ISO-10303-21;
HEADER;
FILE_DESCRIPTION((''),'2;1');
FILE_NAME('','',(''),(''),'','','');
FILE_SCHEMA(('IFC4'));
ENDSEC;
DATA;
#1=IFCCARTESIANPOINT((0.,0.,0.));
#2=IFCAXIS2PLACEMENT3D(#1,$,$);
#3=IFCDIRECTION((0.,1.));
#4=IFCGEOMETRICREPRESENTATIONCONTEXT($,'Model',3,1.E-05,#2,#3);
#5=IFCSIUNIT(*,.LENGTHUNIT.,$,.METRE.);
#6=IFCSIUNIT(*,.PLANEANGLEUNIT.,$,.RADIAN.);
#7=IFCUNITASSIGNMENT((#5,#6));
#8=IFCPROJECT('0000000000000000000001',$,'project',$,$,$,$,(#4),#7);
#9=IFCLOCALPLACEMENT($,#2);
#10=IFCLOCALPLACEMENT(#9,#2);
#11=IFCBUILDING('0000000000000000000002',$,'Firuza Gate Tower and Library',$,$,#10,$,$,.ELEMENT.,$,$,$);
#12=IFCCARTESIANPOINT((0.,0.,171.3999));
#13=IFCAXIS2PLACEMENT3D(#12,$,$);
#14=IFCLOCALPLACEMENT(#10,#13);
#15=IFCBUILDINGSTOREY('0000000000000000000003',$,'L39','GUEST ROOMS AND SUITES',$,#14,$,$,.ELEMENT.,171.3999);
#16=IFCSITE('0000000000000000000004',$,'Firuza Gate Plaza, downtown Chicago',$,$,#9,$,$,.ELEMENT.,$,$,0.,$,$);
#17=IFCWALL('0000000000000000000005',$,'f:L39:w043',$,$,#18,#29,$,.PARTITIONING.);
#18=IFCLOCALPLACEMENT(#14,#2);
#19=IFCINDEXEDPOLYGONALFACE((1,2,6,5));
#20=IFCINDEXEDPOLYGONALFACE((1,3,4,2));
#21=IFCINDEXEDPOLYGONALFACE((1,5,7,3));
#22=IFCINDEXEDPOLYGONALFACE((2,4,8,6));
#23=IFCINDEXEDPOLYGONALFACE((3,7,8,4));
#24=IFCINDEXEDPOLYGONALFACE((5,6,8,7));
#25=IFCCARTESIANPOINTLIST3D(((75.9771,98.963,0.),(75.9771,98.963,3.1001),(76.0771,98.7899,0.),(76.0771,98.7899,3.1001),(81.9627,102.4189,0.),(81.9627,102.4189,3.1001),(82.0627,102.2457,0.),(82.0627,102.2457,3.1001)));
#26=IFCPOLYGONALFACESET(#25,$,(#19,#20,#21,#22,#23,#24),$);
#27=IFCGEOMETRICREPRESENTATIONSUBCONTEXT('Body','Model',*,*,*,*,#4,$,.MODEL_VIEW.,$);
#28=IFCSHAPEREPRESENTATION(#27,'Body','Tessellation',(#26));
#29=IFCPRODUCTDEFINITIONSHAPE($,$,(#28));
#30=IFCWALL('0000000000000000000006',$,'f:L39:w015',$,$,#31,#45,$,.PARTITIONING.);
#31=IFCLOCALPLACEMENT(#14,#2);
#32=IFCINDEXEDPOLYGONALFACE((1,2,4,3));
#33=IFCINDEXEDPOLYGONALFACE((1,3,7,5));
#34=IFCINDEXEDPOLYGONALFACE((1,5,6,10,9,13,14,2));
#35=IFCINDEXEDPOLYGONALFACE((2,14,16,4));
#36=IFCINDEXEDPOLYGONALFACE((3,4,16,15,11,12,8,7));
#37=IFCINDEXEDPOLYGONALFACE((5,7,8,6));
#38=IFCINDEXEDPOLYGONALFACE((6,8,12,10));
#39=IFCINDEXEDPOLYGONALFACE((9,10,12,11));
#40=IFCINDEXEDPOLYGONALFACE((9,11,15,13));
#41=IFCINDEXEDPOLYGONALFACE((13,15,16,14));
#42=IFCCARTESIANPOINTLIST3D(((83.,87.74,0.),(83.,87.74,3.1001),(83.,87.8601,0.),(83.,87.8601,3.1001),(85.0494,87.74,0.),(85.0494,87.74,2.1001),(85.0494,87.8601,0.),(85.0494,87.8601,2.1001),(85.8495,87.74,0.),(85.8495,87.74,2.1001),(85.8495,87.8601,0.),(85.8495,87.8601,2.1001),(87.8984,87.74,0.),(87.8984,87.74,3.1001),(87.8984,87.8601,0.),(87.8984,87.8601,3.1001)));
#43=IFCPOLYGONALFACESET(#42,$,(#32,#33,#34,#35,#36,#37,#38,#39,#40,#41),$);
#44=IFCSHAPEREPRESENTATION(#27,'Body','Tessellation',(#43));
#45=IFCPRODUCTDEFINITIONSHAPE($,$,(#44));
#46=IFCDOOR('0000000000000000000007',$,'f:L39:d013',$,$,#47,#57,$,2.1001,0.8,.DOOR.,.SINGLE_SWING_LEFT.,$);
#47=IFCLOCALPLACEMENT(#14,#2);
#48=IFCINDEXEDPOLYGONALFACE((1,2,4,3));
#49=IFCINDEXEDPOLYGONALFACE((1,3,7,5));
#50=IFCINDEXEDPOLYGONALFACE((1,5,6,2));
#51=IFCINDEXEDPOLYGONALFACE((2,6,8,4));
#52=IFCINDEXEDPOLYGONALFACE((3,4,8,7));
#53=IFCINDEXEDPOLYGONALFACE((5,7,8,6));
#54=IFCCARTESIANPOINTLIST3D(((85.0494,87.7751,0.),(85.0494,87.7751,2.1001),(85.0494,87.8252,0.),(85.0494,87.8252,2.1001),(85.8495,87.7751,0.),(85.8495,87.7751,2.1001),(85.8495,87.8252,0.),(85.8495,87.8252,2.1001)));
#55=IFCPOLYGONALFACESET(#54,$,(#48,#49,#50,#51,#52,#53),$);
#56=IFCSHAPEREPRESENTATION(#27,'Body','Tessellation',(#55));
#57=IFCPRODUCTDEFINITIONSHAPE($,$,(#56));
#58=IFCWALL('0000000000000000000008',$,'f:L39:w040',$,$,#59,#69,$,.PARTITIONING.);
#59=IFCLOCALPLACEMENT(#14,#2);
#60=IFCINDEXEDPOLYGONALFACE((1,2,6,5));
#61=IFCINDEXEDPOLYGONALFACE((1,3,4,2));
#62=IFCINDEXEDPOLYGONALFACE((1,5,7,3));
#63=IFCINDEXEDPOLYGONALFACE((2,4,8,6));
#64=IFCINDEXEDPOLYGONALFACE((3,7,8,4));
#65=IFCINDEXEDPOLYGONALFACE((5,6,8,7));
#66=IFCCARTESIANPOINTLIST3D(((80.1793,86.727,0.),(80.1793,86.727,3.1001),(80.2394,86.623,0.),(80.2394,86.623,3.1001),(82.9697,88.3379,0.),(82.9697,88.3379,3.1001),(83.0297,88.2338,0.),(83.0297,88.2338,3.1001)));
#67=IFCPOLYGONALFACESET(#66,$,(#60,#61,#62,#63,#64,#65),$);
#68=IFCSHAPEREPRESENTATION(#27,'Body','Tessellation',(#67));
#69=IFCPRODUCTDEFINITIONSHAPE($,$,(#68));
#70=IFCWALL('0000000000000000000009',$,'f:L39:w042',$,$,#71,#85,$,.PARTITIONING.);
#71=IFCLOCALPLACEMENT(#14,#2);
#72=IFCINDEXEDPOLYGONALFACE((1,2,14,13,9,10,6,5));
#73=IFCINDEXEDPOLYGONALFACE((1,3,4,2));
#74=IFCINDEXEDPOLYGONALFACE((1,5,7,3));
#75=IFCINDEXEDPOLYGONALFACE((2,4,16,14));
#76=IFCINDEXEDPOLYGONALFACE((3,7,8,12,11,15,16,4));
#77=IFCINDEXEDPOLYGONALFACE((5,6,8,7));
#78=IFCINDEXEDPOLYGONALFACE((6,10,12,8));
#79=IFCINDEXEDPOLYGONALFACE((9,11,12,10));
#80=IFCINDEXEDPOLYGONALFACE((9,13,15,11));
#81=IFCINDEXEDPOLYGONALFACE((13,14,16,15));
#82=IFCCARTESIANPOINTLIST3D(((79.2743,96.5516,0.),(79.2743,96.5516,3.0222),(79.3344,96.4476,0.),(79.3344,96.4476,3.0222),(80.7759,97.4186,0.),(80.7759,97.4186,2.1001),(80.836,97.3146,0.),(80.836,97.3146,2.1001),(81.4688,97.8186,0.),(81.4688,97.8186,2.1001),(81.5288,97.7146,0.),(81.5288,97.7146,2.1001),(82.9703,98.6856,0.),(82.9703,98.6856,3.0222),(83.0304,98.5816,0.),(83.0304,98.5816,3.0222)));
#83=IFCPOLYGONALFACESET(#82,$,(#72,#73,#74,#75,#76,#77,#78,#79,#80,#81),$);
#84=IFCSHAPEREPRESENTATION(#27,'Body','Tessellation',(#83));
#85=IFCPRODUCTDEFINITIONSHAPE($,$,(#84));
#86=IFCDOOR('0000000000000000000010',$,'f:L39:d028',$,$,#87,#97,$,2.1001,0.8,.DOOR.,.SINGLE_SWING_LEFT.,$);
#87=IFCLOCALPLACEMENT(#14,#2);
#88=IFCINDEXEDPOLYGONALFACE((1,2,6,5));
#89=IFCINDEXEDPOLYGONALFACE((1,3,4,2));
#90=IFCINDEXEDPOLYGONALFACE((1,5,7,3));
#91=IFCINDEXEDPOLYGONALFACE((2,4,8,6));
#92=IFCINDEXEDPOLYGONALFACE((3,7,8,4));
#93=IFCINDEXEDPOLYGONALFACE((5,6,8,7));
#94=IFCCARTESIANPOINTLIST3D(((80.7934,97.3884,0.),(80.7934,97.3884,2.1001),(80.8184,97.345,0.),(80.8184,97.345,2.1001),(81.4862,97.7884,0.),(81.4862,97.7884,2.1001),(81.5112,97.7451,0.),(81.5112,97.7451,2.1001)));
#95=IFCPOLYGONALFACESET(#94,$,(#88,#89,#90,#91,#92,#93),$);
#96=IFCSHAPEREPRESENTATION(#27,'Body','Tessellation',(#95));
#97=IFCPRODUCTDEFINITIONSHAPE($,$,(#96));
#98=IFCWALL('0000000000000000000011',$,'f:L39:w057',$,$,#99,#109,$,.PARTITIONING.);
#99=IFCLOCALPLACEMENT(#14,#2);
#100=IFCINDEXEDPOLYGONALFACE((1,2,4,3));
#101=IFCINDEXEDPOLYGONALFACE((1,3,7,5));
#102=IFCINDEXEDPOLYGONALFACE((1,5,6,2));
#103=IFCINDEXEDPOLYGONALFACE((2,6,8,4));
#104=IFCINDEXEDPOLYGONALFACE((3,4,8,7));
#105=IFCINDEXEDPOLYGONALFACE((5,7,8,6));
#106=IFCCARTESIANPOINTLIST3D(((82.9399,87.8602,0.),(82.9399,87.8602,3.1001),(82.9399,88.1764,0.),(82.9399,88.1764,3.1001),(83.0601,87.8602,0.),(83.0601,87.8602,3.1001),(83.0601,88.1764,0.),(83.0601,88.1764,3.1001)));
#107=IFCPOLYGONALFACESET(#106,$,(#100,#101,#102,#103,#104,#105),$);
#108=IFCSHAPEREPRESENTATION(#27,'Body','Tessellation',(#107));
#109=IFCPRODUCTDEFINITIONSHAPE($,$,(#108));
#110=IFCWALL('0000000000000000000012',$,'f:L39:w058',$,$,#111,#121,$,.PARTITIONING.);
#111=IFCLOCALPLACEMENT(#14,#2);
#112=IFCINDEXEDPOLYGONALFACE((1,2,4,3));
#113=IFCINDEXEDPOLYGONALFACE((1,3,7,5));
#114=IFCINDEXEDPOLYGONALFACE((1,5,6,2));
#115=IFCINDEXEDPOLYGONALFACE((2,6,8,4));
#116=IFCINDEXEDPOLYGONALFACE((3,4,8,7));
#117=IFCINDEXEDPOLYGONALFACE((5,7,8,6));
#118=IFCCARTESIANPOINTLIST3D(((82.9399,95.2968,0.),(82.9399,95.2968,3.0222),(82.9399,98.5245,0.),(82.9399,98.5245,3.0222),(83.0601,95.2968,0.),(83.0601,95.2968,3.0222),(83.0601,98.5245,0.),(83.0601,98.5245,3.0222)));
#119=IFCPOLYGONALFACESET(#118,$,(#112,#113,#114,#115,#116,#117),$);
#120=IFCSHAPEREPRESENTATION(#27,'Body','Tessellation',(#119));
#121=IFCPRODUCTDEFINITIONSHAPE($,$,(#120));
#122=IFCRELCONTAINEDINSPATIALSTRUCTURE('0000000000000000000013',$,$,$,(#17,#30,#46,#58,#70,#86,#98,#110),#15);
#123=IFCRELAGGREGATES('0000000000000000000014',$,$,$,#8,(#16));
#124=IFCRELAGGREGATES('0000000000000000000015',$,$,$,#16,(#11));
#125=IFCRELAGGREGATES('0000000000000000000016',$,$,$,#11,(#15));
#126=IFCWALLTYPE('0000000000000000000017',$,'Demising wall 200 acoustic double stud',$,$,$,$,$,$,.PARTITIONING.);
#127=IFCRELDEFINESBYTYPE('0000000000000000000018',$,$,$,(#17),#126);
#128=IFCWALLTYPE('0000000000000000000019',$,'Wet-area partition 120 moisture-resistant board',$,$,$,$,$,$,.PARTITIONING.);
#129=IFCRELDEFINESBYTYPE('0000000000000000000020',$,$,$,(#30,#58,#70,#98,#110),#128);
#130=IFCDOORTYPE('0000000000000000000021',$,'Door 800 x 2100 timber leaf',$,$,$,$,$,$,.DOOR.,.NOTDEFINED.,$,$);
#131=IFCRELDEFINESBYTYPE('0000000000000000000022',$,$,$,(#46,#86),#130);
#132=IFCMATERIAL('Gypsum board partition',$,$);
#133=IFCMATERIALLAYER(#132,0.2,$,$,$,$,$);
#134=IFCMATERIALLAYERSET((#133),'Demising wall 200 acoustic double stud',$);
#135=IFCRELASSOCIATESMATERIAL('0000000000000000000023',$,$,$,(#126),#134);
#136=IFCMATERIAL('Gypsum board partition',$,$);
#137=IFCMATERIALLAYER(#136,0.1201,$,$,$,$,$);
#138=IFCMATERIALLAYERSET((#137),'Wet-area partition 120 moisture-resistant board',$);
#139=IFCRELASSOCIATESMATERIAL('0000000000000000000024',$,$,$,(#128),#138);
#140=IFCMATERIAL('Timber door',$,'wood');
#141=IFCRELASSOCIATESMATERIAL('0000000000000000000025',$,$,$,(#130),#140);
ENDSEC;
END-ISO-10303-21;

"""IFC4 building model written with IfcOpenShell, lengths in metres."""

from ifc_helpers import new_model, si_unit, direction, frame, frame_2d, origin, place, context, subcontext, project, spatial, rectangle, extrude, material, layer, layer_set, type_object, element, fill, save


model = new_model("IFC4")

# Units and contexts
model_context = context("Model", 3, precision=1e-05, world=origin(), true_north=direction((0.0, 1.0)))
body_context = subcontext(model_context, "Body", "Model", "MODEL_VIEW")
ifc_project = project(units=[si_unit("LENGTHUNIT", "METRE"), si_unit("PLANEANGLEUNIT", "RADIAN")], contexts=[model_context])

# Site, building, storey
site_placement = place(None, origin())
site = spatial("IfcSite", under=ifc_project, at=site_placement, Name="Firuza Gate Plaza, downtown Chicago", CompositionType="ELEMENT", RefElevation=0.0)
building_placement = place(site_placement, origin())
building = spatial("IfcBuilding", under=site, at=building_placement, Name="Firuza Gate Tower and Library", CompositionType="ELEMENT")
storey_placement = place(building_placement, frame((0.0, 0.0, 171.3999)))
storey = spatial("IfcBuildingStorey", under=building, at=storey_placement, Name="L39", Description="GUEST ROOMS AND SUITES", CompositionType="ELEMENT", Elevation=171.3999)

# Wall
ifc_material_1 = material(Name="Gypsum board partition")
ifc_layer_1 = layer(ifc_material_1, 0.2)
ifc_layer_set_1 = layer_set([ifc_layer_1], Name="Demising wall 200 acoustic double stud")
wall_type_1 = type_object("IfcWallType", Name="Demising wall 200 acoustic double stud", PredefinedType="PARTITIONING", material=ifc_layer_set_1)
wall_1_placement = place(storey_placement, frame((76.0271, 98.8765, 0.0), z_axis=(0.0, 0.0, 1.0), x_axis=(0.866024, 0.500003, 0.0)))
element("IfcWall", 1, at=wall_1_placement, inside=storey, type_object=wall_type_1, Name="f:L39:w043", PredefinedType="PARTITIONING", context=body_context, shape_type="SweptSolid", body=[
    extrude(rectangle(XDim=6.9116, YDim=0.2, at=frame_2d((3.4558, 0.0))), origin(), (0.0, 0.0, 1.0), 3.1001),
])

# Wall, opening, door
ifc_material_2 = material(Name="Gypsum board partition")
ifc_layer_2 = layer(ifc_material_2, 0.1201)
ifc_layer_set_2 = layer_set([ifc_layer_2], Name="Wet-area partition 120 moisture-resistant board")
wall_type_2 = type_object("IfcWallType", Name="Wet-area partition 120 moisture-resistant board", PredefinedType="PARTITIONING", material=ifc_layer_set_2)
wall_2_placement = place(storey_placement, frame((87.8984, 87.8, 0.0), z_axis=(0.0, 0.0, 1.0), x_axis=(-1.0, 0.0, 0.0)))
wall_2 = element("IfcWall", 2, at=wall_2_placement, inside=storey, type_object=wall_type_2, Name="f:L39:w015", PredefinedType="PARTITIONING", context=body_context, shape_type="SweptSolid", body=[
    extrude(rectangle(XDim=4.8984, YDim=0.1201, at=frame_2d((2.4492, 0.0))), origin(), (0.0, 0.0, 1.0), 3.1001),
])
opening_1_placement = place(wall_2_placement, frame((2.0491, 0.0, 0.0)))
opening_1 = element("IfcOpeningElement", 3, at=opening_1_placement, cuts=wall_2, PredefinedType="OPENING", context=body_context, shape_type="SweptSolid", body=[
    extrude(rectangle(XDim=0.8, YDim=2.1001, at=frame_2d((0.3999, 1.05))), frame((0.0, 0.0701, 0.0), z_axis=(0.0, -1.0, 0.0), x_axis=(1.0, 0.0, 0.0)), (0.0, 0.0, 1.0), 0.1401),
])
ifc_material_3 = material(Name="Timber door", Category="wood")
door_type_1 = type_object("IfcDoorType", Name="Door 800 x 2100 timber leaf", OperationType="NOTDEFINED", PredefinedType="DOOR", material=ifc_material_3)
door_1_placement = place(opening_1_placement, origin())
door_1 = element("IfcDoor", 4, at=door_1_placement, inside=storey, type_object=door_type_1, Name="f:L39:d013", OperationType="SINGLE_SWING_LEFT", OverallHeight=2.1001, OverallWidth=0.8, PredefinedType="DOOR", context=body_context, shape_type="SweptSolid", body=[
    extrude(rectangle(XDim=0.8, YDim=2.1001, at=frame_2d((0.3999, 1.05))), frame((0.0, 0.0249, 0.0), z_axis=(0.0, -1.0, 0.0), x_axis=(1.0, 0.0, 0.0)), (0.0, 0.0, 1.0), 0.05),
])
fill(opening_1, door_1)

# Wall
wall_3_placement = place(storey_placement, frame((80.2095, 86.675, 0.0), z_axis=(0.0, 0.0, 1.0), x_axis=(0.866043, 0.49997, 0.0)))
element("IfcWall", 5, at=wall_3_placement, inside=storey, type_object=wall_type_2, Name="f:L39:w040", PredefinedType="PARTITIONING", context=body_context, shape_type="SweptSolid", body=[
    extrude(rectangle(XDim=3.2219, YDim=0.1201, at=frame_2d((1.6108, 0.0))), origin(), (0.0, 0.0, 1.0), 3.1001),
])

# Wall, opening, door
wall_4_placement = place(storey_placement, frame((83.0002, 98.6335, 0.0), z_axis=(0.0, 0.0, 1.0), x_axis=(-0.866013, -0.500021, 0.0)))
wall_4 = element("IfcWall", 6, at=wall_4_placement, inside=storey, type_object=wall_type_2, Name="f:L39:w042", PredefinedType="PARTITIONING", context=body_context, shape_type="SweptSolid", body=[
    extrude(rectangle(XDim=4.2678, YDim=0.1201, at=frame_2d((2.1338, 0.0))), origin(), (0.0, 0.0, 1.0), 3.0222),
])
opening_2_placement = place(wall_4_placement, frame((1.7339, 0.0, 0.0)))
opening_2 = element("IfcOpeningElement", 7, at=opening_2_placement, cuts=wall_4, PredefinedType="OPENING", context=body_context, shape_type="SweptSolid", body=[
    extrude(rectangle(XDim=0.8, YDim=2.1001, at=frame_2d((0.3999, 1.05))), frame((0.0, 0.0701, 0.0), z_axis=(0.0, -1.0, 0.0), x_axis=(1.0, 0.0, 0.0)), (0.0, 0.0, 1.0), 0.1401),
])
door_2_placement = place(opening_2_placement, origin())
door_2 = element("IfcDoor", 8, at=door_2_placement, inside=storey, type_object=door_type_1, Name="f:L39:d028", OperationType="SINGLE_SWING_LEFT", OverallHeight=2.1001, OverallWidth=0.8, PredefinedType="DOOR", context=body_context, shape_type="SweptSolid", body=[
    extrude(rectangle(XDim=0.8, YDim=2.1001, at=frame_2d((0.3999, 1.05))), frame((0.0, 0.0249, 0.0), z_axis=(0.0, -1.0, 0.0), x_axis=(1.0, 0.0, 0.0)), (0.0, 0.0, 1.0), 0.05),
])
fill(opening_2, door_2)

# Walls
wall_5_placement = place(storey_placement, frame((83.0, 87.8601, 0.0), z_axis=(0.0, 0.0, 1.0), x_axis=(0.0, 1.0, 0.0)))
element("IfcWall", 9, at=wall_5_placement, inside=storey, type_object=wall_type_2, Name="f:L39:w057", PredefinedType="PARTITIONING", context=body_context, shape_type="SweptSolid", body=[
    extrude(rectangle(XDim=0.3162, YDim=0.1201, at=frame_2d((0.1582, 0.0))), origin(), (0.0, 0.0, 1.0), 3.1001),
])
wall_6_placement = place(storey_placement, frame((83.0, 95.2969, 0.0), z_axis=(0.0, 0.0, 1.0), x_axis=(0.0, 1.0, 0.0)))
element("IfcWall", 10, at=wall_6_placement, inside=storey, type_object=wall_type_2, Name="f:L39:w058", PredefinedType="PARTITIONING", context=body_context, shape_type="SweptSolid", body=[
    extrude(rectangle(XDim=3.2278, YDim=0.1201, at=frame_2d((1.6138, 0.0))), origin(), (0.0, 0.0, 1.0), 3.0222),
])

save(model, "model.ifc")
